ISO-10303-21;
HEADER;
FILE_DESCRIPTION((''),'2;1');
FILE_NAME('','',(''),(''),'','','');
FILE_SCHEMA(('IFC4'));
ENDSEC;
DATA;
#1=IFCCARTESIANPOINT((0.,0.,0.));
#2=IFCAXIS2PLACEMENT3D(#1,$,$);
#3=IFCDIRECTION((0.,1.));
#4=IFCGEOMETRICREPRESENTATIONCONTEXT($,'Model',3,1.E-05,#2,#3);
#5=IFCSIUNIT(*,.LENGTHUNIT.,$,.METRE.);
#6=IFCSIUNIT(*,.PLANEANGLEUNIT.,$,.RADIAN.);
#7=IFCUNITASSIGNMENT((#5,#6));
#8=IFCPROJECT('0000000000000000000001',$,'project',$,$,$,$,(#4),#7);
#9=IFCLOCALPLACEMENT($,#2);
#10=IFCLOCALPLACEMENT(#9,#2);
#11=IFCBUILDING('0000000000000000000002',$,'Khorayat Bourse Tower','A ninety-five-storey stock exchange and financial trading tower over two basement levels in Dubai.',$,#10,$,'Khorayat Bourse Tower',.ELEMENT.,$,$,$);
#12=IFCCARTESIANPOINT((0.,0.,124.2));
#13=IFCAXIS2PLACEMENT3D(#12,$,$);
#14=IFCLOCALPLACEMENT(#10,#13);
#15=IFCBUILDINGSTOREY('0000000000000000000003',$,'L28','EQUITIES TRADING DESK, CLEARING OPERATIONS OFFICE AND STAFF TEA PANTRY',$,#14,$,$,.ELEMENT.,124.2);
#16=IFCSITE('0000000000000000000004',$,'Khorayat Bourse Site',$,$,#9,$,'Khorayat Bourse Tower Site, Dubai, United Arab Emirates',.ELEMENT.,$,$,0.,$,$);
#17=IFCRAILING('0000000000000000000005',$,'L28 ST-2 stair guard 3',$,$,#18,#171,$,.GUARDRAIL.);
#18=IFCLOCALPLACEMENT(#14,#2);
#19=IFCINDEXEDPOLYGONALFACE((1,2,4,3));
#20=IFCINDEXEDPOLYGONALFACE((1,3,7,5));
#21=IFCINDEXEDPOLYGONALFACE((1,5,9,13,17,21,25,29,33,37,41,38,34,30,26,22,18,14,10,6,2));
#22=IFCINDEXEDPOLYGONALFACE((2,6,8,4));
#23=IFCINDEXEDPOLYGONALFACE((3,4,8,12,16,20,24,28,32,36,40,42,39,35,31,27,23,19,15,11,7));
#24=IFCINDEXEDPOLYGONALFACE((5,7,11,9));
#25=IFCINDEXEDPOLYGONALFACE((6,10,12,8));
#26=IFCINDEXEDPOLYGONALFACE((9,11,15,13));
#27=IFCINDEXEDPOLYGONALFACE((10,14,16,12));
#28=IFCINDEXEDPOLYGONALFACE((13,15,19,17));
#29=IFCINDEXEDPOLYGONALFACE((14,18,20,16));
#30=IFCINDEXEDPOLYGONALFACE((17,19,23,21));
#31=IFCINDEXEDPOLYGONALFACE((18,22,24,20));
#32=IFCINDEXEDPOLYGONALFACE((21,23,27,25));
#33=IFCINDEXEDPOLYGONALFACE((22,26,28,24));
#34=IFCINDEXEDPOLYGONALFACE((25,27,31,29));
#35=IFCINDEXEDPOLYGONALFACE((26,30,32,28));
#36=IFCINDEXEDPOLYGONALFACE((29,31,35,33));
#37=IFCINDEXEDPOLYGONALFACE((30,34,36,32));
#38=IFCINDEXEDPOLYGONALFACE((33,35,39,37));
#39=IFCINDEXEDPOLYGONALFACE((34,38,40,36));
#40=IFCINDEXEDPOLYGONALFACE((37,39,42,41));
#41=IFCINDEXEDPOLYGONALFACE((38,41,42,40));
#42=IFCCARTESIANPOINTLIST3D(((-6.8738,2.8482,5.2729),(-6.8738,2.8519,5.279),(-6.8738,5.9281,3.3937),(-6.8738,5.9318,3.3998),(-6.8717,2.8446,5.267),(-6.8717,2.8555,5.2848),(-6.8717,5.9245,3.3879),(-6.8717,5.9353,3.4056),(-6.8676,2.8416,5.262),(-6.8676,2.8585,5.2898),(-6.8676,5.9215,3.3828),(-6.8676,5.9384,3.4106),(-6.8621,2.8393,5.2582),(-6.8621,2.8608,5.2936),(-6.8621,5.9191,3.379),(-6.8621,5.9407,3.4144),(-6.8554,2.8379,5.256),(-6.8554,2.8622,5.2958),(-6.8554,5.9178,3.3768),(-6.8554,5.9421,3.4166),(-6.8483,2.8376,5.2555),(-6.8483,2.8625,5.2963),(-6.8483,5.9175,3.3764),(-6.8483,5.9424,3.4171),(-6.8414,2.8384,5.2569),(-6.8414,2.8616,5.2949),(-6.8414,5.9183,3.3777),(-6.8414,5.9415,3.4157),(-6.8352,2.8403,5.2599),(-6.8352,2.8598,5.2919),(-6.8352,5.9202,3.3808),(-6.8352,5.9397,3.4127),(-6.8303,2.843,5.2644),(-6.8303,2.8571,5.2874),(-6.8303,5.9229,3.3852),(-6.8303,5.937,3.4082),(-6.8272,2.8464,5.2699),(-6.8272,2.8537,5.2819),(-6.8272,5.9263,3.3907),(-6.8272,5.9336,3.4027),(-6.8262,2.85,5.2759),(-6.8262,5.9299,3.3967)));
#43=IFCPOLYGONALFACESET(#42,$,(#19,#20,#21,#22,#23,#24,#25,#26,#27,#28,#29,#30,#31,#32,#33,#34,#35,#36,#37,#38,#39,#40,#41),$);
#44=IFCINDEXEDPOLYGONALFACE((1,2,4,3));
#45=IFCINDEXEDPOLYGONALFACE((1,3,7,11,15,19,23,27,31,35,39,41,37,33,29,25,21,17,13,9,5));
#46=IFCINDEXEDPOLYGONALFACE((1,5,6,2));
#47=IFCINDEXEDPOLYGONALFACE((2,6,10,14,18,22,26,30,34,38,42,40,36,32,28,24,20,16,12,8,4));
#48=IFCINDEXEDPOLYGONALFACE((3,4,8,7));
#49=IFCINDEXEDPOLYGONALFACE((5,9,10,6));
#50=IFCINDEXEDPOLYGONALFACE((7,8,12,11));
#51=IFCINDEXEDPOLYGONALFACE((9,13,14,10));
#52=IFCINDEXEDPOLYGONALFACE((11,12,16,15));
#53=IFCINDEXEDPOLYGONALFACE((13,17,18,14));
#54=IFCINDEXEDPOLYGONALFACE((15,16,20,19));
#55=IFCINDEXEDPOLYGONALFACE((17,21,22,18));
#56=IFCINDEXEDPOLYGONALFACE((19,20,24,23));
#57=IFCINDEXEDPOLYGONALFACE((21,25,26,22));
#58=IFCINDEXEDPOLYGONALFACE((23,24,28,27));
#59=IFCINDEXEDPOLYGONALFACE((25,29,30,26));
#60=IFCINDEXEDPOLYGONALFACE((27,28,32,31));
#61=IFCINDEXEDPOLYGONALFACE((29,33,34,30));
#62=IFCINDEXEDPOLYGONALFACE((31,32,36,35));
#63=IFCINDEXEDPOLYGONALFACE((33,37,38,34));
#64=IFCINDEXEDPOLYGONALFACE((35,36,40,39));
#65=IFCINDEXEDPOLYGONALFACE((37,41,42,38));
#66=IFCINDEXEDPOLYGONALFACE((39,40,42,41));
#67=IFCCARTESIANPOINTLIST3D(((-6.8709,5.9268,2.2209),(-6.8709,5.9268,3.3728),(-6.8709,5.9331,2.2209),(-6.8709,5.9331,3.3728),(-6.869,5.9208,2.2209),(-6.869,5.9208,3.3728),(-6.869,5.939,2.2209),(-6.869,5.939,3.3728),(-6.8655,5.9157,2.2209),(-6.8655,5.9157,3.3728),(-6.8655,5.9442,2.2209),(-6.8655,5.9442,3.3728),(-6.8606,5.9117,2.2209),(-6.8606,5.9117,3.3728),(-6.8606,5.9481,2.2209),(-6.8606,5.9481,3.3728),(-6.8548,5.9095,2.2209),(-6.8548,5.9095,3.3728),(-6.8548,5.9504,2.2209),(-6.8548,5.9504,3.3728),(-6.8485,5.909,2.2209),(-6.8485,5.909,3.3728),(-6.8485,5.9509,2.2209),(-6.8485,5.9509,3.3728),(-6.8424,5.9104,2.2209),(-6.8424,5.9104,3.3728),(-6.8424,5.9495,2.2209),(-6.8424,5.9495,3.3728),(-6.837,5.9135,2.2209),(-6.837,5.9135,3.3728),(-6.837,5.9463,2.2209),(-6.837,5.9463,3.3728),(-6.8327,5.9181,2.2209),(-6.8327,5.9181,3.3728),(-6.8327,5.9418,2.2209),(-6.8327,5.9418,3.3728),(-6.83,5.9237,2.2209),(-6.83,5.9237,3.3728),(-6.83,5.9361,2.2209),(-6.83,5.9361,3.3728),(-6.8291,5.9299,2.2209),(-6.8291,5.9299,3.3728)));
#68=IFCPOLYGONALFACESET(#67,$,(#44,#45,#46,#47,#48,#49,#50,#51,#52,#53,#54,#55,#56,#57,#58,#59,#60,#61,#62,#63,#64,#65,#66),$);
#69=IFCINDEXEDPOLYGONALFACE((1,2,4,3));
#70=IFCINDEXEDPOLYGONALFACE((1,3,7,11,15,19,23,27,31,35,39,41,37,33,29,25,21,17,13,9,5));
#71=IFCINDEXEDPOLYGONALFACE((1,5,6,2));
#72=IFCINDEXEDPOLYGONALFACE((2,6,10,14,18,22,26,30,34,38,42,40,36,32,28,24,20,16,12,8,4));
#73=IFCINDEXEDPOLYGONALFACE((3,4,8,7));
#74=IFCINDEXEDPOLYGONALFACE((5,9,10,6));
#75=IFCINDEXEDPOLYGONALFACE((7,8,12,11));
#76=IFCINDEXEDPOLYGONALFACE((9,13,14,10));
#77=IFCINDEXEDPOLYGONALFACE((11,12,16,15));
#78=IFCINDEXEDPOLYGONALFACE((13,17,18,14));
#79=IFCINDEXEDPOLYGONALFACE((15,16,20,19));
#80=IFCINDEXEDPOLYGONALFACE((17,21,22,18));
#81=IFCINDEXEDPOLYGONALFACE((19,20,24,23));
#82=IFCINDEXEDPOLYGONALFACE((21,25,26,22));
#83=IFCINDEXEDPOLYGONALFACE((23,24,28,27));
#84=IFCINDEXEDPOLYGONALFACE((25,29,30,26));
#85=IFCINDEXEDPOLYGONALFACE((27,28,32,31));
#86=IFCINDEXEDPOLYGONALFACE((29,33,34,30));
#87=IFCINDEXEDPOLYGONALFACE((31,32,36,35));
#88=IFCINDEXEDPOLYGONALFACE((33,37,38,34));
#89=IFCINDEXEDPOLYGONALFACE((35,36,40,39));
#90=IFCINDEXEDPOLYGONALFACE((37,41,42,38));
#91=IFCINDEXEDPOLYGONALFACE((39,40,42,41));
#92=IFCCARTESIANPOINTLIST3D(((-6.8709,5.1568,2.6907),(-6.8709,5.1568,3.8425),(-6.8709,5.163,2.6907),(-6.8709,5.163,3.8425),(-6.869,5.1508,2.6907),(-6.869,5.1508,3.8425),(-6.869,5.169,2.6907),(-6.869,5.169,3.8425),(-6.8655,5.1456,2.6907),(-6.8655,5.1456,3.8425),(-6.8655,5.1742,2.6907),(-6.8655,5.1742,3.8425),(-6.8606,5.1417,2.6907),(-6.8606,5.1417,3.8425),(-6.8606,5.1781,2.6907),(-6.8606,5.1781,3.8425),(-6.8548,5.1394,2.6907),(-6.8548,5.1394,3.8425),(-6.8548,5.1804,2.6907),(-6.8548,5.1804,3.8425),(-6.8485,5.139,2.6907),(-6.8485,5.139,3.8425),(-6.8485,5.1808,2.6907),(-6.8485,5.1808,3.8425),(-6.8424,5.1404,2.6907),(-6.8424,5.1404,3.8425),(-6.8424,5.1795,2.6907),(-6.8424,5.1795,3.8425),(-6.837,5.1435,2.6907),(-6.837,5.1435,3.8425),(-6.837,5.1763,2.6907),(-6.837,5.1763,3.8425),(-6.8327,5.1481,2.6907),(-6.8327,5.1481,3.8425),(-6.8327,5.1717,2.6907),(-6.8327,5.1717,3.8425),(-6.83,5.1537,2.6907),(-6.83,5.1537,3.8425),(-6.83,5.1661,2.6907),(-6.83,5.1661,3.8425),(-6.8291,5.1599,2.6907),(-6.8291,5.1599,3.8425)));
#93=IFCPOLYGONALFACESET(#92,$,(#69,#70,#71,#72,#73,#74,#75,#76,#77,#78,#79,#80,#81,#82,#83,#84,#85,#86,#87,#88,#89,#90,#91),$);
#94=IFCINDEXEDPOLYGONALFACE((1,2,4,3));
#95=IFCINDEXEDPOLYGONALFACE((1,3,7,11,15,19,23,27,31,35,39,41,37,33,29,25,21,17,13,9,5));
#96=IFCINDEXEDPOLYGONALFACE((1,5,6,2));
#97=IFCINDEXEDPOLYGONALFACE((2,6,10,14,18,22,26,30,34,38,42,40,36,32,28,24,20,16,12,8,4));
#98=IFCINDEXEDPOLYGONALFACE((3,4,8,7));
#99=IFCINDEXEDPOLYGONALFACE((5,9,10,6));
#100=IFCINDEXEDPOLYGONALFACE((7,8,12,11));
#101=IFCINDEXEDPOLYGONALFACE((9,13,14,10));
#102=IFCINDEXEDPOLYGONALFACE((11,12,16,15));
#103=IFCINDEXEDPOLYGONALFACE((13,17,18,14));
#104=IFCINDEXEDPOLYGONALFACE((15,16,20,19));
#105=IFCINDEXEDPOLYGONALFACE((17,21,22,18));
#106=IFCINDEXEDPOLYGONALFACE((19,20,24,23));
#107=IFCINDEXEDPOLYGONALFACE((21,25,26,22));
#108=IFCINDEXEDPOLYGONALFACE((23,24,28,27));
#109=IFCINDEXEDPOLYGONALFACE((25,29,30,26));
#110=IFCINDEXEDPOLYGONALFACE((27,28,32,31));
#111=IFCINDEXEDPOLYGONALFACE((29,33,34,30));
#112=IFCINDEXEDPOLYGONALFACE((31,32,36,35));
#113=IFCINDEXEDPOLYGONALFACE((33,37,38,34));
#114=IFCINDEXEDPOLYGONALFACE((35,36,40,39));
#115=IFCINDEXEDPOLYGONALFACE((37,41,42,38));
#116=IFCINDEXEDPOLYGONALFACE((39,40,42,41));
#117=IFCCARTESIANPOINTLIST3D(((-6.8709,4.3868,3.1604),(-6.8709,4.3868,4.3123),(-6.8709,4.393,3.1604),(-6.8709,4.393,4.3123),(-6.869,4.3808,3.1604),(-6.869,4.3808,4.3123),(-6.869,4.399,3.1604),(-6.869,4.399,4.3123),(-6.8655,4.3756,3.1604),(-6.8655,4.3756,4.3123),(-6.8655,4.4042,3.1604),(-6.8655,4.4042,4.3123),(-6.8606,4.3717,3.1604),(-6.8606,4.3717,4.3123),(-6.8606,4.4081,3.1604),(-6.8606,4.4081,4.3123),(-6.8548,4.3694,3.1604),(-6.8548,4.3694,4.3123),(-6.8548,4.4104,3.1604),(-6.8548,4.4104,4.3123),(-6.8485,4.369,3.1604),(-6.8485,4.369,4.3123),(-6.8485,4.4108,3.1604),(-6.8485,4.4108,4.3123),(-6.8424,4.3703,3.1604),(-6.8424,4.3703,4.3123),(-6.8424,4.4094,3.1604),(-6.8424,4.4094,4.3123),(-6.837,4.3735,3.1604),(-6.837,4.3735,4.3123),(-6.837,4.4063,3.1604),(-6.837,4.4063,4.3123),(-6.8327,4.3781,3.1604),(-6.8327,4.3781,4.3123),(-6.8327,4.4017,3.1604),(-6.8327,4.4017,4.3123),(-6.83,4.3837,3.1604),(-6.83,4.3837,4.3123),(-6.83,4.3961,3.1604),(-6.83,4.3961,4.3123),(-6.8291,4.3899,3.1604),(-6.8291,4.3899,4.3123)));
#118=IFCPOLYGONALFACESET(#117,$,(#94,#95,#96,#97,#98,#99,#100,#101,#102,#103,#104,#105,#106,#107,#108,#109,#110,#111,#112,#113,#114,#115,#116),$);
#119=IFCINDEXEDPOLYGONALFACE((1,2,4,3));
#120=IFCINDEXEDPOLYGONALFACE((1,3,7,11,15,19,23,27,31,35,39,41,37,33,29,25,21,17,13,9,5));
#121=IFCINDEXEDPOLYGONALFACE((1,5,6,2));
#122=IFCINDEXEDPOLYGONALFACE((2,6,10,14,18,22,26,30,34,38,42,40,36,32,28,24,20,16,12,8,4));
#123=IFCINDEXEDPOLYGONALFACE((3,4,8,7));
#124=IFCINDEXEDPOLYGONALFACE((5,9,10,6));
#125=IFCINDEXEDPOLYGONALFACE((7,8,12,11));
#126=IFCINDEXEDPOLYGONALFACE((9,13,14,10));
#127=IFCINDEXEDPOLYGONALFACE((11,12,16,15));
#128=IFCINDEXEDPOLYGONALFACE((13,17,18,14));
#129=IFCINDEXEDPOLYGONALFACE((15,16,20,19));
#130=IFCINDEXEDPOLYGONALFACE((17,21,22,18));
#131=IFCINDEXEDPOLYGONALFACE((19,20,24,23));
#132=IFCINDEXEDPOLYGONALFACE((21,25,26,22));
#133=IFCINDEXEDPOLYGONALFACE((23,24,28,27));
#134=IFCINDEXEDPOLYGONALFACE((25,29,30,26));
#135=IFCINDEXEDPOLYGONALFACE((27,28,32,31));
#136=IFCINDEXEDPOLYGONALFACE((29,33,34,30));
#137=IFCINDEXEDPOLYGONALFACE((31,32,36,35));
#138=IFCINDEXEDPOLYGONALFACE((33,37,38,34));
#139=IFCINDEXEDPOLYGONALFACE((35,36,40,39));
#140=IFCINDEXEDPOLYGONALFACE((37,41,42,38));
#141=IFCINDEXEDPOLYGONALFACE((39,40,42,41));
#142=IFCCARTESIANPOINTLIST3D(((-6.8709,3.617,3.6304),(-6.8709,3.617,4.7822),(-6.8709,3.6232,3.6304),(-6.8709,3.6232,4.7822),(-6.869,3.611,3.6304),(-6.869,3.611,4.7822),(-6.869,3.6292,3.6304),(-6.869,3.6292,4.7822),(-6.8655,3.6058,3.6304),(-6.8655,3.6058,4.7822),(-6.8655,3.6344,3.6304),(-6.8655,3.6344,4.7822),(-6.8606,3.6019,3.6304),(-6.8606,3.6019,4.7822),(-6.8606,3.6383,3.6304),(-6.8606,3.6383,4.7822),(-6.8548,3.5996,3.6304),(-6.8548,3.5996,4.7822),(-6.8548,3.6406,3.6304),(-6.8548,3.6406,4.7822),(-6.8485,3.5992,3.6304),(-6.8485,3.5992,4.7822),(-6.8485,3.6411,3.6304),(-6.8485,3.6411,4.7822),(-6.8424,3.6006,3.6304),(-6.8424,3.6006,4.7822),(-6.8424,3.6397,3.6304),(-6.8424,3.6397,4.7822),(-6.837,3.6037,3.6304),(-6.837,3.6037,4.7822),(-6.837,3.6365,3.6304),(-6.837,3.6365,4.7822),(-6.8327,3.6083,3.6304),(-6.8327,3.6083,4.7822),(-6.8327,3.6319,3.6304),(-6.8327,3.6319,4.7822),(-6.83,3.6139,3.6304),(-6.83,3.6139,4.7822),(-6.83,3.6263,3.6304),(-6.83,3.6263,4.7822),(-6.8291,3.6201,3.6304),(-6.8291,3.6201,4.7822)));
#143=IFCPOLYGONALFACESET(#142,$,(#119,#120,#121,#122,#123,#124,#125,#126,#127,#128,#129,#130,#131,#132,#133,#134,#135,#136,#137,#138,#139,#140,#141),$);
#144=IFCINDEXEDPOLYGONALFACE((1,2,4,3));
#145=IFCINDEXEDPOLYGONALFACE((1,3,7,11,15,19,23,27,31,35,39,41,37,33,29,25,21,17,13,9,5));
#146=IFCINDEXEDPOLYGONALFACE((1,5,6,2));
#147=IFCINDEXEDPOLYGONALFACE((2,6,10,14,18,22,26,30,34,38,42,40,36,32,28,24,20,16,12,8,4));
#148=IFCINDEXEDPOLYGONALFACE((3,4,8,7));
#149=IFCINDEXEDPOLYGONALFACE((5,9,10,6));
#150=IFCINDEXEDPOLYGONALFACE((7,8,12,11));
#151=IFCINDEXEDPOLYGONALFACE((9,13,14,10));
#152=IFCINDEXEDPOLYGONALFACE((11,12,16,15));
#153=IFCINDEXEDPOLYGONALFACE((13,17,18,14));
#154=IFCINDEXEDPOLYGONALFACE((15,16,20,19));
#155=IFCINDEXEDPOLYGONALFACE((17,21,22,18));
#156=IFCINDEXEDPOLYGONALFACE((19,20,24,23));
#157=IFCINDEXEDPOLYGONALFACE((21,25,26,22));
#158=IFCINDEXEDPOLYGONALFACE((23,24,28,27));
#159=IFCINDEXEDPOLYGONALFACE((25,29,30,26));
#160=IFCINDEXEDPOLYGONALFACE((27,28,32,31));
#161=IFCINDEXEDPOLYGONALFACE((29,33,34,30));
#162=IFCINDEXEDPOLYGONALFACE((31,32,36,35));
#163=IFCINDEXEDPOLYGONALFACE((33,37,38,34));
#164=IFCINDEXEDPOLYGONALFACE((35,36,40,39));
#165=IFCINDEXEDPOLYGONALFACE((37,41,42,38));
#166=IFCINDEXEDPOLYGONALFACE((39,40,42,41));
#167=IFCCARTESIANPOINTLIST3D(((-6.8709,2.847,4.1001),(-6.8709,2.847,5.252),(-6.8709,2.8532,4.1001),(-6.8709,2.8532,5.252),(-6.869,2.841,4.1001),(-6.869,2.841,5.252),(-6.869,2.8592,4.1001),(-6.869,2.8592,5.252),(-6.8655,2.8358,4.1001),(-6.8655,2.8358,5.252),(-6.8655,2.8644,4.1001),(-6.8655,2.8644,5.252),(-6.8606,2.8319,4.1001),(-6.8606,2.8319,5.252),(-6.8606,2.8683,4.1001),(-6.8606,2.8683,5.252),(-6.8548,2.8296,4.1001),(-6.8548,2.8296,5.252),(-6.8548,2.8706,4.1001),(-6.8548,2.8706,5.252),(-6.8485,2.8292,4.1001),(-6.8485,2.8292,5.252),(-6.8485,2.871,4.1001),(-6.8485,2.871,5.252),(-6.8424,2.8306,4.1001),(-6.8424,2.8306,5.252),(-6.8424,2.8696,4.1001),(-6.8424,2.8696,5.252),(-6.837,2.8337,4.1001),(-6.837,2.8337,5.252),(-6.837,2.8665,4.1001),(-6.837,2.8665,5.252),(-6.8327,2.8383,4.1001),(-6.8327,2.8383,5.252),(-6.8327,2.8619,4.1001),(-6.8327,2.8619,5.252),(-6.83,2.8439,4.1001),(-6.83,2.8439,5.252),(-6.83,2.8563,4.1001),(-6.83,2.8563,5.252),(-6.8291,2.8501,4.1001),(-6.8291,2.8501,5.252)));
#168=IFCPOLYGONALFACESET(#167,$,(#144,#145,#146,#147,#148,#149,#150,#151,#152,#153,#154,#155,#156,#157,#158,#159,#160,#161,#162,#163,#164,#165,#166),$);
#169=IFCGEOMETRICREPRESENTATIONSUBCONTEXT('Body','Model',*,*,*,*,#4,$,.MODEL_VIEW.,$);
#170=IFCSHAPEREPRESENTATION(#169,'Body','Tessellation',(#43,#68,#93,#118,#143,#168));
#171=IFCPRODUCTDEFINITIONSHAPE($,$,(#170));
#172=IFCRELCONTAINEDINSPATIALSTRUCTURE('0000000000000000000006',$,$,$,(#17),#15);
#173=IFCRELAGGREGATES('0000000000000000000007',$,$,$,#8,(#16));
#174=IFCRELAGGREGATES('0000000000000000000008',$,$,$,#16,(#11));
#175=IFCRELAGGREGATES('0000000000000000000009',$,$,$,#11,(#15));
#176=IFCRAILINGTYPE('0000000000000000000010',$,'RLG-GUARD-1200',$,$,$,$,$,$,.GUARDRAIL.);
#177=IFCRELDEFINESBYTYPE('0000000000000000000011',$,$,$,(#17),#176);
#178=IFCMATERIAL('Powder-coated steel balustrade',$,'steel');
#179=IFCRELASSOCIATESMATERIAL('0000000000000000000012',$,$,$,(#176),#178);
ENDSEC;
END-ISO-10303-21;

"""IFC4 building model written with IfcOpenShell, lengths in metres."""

from ifc_helpers import new_model, si_unit, direction, frame, origin, origin_2d, place, context, subcontext, project, spatial, circle, extrude, source, transform, mapped, material, type_object, element, save


model = new_model("IFC4")

# Units and contexts
model_context = context("Model", 3, precision=1e-05, world=origin(), true_north=direction((0.0, 1.0)))
body_context = subcontext(model_context, "Body", "Model", "MODEL_VIEW")
ifc_project = project(units=[si_unit("LENGTHUNIT", "METRE"), si_unit("PLANEANGLEUNIT", "RADIAN")], contexts=[model_context])

# Site, building, storey
site_placement = place(None, origin())
site = spatial("IfcSite", under=ifc_project, at=site_placement, Name="Khorayat Bourse Site", LongName="Khorayat Bourse Tower Site, Dubai, United Arab Emirates", CompositionType="ELEMENT", RefElevation=0.0)
building_placement = place(site_placement, origin())
building = spatial("IfcBuilding", under=site, at=building_placement, Name="Khorayat Bourse Tower", Description="A ninety-five-storey stock exchange and financial trading tower over two basement levels in Dubai.", LongName="Khorayat Bourse Tower", CompositionType="ELEMENT")
storey_placement = place(building_placement, frame((0.0, 0.0, 124.2)))
storey = spatial("IfcBuildingStorey", under=building, at=storey_placement, Name="L28", Description="EQUITIES TRADING DESK, CLEARING OPERATIONS OFFICE AND STAFF TEA PANTRY", CompositionType="ELEMENT", Elevation=124.2)

# Railing
ifc_material_1 = material(Name="Powder-coated steel balustrade", Category="steel")
railing_type_1 = type_object("IfcRailingType", Name="RLG-GUARD-1200", PredefinedType="GUARDRAIL", material=ifc_material_1)
shared_shape_1 = source(origin(), body_context, "Body", "SweptSolid", [
    extrude(circle(Radius=0.0239, at=origin_2d()), frame((0.0, 0.0, 1.1758), z_axis=(0.0, -0.853648, 0.52085), x_axis=(1.0, 0.0, 0.0)), (0.0, 0.0, 1.0), 3.6079),
    extrude(circle(Radius=0.021, at=origin_2d()), origin(), (0.0, 0.0, 1.0), 1.1519),
    extrude(circle(Radius=0.021, at=origin_2d()), frame((0.0, -0.77, 0.4697)), (0.0, 0.0, 1.0), 1.1519),
    extrude(circle(Radius=0.021, at=origin_2d()), frame((0.0, -1.54, 0.9395)), (0.0, 0.0, 1.0), 1.1519),
    extrude(circle(Radius=0.021, at=origin_2d()), frame((0.0, -2.3098, 1.4094)), (0.0, 0.0, 1.0), 1.1519),
    extrude(circle(Radius=0.021, at=origin_2d()), frame((0.0, -3.0798, 1.8792)), (0.0, 0.0, 1.0), 1.1519),
])
railing_1_placement = place(storey_placement, frame((-6.8501, 5.9299, 2.2209)))
element("IfcRailing", 1, at=railing_1_placement, inside=storey, type_object=railing_type_1, Name="L28 ST-2 stair guard 3", PredefinedType="GUARDRAIL", context=body_context, shape_type="MappedRepresentation", body=[
    mapped(shared_shape_1, transform((0.0, 0.0, 0.0), scale=1.0)),
])

save(model, "model.ifc")
